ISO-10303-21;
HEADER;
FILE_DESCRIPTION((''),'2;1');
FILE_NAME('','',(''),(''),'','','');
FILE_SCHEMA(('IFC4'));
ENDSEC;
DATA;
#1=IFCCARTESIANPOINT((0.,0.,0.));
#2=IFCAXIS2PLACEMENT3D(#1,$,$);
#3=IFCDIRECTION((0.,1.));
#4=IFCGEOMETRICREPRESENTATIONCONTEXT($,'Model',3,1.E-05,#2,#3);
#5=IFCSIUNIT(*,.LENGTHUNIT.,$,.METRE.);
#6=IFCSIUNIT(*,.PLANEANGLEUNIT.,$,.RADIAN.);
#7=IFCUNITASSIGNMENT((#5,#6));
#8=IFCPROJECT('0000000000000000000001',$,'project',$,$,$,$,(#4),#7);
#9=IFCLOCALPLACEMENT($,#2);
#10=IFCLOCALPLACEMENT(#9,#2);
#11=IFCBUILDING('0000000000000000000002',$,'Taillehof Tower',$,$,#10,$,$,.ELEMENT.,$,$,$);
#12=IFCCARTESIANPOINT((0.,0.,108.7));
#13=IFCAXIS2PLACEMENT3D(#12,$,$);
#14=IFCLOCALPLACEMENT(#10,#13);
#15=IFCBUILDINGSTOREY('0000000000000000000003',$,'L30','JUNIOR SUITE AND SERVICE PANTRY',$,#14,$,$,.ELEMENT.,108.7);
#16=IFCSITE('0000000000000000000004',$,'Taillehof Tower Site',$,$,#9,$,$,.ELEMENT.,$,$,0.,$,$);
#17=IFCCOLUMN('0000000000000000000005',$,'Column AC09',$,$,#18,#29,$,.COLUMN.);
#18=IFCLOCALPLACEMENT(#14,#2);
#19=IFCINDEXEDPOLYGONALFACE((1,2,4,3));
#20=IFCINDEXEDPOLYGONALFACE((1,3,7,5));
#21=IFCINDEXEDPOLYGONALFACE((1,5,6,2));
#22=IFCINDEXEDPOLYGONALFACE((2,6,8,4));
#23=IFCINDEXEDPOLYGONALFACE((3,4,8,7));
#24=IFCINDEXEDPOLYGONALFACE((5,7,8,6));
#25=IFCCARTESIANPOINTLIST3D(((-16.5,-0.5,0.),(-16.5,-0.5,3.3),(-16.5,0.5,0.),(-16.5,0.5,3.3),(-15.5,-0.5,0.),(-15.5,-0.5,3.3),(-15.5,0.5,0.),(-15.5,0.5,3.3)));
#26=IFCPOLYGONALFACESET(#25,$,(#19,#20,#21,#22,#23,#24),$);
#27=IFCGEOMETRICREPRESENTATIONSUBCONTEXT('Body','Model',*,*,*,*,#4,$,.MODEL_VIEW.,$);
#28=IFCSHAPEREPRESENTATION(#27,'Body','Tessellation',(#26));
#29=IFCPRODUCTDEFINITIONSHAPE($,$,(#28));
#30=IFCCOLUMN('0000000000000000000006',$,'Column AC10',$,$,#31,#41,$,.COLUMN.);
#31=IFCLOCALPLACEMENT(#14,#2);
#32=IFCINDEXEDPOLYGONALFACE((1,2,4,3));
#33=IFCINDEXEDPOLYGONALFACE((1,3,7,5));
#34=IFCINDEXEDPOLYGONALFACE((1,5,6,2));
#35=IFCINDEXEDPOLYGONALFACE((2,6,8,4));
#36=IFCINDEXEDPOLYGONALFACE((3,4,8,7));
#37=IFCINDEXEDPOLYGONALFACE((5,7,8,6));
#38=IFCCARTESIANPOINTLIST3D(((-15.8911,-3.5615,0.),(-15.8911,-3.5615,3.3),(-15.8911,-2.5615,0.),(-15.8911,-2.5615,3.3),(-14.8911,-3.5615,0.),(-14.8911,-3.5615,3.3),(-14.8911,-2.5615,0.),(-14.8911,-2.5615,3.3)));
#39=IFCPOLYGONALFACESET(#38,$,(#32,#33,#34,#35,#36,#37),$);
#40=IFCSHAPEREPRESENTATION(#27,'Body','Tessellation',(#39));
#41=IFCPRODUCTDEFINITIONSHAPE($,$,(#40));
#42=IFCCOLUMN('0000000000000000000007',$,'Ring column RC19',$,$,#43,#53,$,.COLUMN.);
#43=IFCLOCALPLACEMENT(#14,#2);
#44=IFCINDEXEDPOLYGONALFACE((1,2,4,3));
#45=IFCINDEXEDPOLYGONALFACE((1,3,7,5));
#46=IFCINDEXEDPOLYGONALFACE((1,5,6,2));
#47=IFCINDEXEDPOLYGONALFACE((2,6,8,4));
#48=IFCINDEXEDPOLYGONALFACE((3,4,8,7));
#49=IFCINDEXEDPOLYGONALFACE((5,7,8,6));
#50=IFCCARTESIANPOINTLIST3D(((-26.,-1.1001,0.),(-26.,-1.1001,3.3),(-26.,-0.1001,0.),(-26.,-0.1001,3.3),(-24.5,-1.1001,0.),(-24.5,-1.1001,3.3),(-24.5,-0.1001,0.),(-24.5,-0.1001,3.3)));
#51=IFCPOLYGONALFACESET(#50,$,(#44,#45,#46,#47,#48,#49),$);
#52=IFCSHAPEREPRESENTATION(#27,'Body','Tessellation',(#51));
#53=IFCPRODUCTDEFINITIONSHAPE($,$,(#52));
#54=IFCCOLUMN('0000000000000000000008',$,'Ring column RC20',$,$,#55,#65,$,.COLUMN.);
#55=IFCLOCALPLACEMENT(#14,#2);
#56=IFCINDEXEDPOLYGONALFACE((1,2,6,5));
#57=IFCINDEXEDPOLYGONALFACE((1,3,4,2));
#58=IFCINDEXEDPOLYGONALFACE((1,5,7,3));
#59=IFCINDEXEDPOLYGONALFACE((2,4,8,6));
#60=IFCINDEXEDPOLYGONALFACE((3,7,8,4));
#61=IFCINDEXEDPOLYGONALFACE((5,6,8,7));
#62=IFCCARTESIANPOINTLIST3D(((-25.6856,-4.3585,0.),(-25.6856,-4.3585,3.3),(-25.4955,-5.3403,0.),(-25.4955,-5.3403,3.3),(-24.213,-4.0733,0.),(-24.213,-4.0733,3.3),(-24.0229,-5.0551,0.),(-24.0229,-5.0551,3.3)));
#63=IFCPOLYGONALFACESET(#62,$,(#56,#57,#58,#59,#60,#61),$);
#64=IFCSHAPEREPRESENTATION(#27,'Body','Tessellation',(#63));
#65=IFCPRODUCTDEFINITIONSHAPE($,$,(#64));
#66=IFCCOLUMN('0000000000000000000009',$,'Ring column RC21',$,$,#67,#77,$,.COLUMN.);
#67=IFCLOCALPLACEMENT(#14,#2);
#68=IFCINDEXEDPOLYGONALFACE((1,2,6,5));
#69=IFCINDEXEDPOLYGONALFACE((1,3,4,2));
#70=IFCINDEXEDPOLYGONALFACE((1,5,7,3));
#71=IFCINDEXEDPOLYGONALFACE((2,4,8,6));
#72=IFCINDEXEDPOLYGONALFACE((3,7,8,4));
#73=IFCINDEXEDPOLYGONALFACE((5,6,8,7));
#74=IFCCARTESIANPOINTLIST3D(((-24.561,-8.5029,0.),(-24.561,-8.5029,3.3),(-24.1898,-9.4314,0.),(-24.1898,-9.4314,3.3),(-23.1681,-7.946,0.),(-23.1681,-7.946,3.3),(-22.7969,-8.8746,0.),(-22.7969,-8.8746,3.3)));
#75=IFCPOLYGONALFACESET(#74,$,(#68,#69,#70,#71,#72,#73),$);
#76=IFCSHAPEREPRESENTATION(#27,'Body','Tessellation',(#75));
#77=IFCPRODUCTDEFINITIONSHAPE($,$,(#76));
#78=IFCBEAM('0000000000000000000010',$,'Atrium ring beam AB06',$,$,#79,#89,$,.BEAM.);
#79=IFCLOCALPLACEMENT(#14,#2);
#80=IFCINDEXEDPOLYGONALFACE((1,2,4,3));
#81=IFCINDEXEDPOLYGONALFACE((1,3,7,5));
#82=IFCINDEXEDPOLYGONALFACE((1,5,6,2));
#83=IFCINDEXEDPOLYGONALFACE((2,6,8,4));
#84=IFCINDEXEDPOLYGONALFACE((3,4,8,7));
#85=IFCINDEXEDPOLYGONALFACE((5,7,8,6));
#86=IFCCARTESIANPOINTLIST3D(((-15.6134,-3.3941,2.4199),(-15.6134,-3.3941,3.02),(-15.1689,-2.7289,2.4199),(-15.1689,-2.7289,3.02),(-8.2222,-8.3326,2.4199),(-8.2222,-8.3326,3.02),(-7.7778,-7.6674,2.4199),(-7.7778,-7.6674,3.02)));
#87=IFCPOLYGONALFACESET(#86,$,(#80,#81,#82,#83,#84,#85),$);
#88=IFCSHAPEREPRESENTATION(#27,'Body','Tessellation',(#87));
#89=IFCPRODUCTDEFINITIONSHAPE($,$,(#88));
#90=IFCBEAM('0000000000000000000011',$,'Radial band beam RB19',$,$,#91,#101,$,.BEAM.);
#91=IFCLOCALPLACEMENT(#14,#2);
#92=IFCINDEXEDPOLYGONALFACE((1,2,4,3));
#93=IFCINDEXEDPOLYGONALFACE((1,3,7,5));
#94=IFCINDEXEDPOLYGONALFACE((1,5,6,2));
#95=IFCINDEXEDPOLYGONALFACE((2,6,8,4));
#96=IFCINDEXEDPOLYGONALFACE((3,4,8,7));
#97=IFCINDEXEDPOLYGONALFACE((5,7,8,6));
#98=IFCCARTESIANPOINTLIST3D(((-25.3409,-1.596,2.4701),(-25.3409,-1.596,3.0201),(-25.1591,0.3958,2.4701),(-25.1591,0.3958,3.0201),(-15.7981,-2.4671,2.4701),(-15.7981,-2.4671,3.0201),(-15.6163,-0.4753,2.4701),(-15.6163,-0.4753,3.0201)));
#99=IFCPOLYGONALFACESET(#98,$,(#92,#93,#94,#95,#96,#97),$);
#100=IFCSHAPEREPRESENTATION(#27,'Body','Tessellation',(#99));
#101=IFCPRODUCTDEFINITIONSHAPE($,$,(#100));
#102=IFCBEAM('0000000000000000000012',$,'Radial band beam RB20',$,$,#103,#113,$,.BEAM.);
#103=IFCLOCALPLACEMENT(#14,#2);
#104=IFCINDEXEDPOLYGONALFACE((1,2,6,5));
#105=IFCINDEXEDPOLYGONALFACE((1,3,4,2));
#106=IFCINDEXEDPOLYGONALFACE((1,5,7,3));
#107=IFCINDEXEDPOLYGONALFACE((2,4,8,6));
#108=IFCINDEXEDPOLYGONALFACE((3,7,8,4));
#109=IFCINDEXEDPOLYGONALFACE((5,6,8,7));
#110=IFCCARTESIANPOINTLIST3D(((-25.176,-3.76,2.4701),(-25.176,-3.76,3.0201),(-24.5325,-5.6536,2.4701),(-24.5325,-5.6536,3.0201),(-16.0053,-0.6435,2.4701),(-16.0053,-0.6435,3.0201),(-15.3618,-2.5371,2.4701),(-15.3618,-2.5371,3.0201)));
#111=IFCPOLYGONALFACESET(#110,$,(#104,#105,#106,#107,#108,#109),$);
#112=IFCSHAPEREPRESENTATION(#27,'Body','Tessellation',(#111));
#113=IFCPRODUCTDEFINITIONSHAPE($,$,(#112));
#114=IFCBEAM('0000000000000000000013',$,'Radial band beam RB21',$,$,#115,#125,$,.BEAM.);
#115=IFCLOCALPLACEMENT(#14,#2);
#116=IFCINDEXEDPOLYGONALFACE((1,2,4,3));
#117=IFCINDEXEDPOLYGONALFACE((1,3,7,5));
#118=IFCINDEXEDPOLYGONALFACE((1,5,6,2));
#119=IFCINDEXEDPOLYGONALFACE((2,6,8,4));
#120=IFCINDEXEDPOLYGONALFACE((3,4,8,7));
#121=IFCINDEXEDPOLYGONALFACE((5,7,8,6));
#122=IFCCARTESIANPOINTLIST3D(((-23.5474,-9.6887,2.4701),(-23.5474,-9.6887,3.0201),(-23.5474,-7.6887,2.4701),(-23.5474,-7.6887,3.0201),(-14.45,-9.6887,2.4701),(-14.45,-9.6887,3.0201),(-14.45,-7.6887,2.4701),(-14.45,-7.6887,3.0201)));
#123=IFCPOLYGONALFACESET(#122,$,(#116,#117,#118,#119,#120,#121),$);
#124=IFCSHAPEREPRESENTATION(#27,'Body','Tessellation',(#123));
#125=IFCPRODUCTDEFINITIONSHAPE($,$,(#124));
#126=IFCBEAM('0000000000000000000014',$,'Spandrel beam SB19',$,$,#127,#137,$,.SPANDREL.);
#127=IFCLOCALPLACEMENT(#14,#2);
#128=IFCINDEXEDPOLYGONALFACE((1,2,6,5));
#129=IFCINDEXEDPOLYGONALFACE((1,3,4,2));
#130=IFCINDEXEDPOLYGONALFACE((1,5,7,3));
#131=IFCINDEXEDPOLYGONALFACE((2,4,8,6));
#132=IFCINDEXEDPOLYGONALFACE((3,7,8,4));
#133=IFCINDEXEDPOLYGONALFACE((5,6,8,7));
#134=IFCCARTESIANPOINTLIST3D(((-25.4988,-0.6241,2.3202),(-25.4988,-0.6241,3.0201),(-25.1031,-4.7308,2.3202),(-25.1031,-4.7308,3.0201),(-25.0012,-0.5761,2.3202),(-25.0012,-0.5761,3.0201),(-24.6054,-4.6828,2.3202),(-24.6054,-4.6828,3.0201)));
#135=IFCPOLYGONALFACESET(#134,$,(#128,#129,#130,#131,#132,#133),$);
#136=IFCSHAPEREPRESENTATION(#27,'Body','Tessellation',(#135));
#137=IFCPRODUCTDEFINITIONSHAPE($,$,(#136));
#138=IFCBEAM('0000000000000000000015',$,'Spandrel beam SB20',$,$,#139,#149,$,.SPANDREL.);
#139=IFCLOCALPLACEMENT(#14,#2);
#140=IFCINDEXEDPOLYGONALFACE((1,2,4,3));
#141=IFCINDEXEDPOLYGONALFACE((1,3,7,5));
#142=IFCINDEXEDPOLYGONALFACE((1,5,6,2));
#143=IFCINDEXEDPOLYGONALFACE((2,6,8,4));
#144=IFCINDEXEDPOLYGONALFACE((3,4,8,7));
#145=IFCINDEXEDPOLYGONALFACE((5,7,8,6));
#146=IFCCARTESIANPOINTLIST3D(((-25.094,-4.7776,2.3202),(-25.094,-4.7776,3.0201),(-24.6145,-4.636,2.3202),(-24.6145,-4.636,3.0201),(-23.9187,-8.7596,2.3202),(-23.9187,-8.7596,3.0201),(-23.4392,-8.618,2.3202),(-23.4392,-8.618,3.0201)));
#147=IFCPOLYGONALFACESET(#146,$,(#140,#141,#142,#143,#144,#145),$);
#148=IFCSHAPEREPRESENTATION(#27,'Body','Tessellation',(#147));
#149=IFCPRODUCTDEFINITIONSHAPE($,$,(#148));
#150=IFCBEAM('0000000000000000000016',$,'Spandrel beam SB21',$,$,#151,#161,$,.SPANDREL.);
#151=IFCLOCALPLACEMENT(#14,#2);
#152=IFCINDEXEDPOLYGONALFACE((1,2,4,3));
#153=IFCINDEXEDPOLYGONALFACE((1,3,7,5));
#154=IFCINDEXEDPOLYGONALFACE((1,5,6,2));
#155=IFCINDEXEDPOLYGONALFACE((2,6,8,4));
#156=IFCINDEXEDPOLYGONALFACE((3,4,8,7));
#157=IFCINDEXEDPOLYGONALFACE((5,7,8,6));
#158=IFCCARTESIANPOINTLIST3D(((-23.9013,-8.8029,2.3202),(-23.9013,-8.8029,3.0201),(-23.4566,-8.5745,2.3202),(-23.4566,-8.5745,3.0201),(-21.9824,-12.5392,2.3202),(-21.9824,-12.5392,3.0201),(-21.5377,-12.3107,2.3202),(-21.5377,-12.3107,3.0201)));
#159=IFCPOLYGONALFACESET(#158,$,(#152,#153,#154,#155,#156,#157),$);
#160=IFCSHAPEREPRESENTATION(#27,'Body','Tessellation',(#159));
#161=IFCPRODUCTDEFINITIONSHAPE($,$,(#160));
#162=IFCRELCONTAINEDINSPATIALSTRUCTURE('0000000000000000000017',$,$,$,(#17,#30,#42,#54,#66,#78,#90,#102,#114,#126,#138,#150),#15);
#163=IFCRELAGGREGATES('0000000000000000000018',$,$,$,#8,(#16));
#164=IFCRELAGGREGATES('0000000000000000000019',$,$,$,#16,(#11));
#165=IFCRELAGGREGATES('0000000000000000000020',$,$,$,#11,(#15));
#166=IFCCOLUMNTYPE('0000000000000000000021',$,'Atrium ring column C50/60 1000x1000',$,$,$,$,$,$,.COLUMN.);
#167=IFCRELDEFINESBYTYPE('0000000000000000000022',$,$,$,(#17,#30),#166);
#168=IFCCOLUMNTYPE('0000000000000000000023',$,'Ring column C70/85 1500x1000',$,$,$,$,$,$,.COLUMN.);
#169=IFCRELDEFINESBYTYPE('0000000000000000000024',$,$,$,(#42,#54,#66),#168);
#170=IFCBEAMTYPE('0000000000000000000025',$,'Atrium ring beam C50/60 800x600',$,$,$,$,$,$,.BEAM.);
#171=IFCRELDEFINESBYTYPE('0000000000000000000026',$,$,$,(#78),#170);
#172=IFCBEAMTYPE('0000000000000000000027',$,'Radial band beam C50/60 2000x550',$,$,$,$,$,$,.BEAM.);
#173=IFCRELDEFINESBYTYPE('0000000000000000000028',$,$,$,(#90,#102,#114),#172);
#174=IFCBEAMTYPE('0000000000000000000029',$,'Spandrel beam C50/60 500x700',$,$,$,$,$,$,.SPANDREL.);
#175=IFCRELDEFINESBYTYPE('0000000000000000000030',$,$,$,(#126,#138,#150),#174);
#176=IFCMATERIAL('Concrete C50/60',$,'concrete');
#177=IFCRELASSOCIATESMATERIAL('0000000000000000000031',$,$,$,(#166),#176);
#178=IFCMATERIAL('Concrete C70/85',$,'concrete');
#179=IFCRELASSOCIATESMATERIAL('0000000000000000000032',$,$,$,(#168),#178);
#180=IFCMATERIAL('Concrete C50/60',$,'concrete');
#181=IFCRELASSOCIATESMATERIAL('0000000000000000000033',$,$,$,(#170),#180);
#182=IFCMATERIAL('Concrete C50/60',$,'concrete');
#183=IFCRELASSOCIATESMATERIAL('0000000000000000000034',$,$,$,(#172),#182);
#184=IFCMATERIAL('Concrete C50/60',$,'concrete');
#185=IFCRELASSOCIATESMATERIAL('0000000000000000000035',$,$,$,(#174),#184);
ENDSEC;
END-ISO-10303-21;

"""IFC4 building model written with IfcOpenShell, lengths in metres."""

from ifc_helpers import new_model, si_unit, direction, frame, origin, origin_2d, place, context, subcontext, project, spatial, rectangle, extrude, material, material_profile, profile_set, type_object, element, save


model = new_model("IFC4")

# Units and contexts
model_context = context("Model", 3, precision=1e-05, world=origin(), true_north=direction((0.0, 1.0)))
body_context = subcontext(model_context, "Body", "Model", "MODEL_VIEW")
ifc_project = project(units=[si_unit("LENGTHUNIT", "METRE"), si_unit("PLANEANGLEUNIT", "RADIAN")], contexts=[model_context])

# Site, building, storey
site_placement = place(None, origin())
site = spatial("IfcSite", under=ifc_project, at=site_placement, Name="Taillehof Tower Site", CompositionType="ELEMENT", RefElevation=0.0)
building_placement = place(site_placement, origin())
building = spatial("IfcBuilding", under=site, at=building_placement, Name="Taillehof Tower", CompositionType="ELEMENT")
storey_placement = place(building_placement, frame((0.0, 0.0, 108.7)))
storey = spatial("IfcBuildingStorey", under=building, at=storey_placement, Name="L30", Description="JUNIOR SUITE AND SERVICE PANTRY", CompositionType="ELEMENT", Elevation=108.7)

# Columns
ifc_material_1 = material(Name="Concrete C50/60", Category="concrete")
ifc_material_profile_1 = material_profile(ifc_material_1, rectangle(XDim=1.0, YDim=1.0, at=origin_2d()), Name="RC 1000x1000")
ifc_profile_set_1 = profile_set([ifc_material_profile_1], Name="Concrete C50/60")
column_type_1 = type_object("IfcColumnType", Name="Atrium ring column C50/60 1000x1000", PredefinedType="COLUMN", material=ifc_profile_set_1)
for number, where, z_axis, x_axis, name in (
    (1, (-16.0, 0.0, 0.0), (0.0, 0.0, 1.0), (1.0, 0.0, 0.0), "Column AC09"),
    (2, (-15.3911, -3.0615, 0.0), (0.0, 0.0, 1.0), (1.0, 0.0, 0.0), "Column AC10"),
):
    element("IfcColumn", number, at=place(storey_placement, frame(where, z_axis=z_axis, x_axis=x_axis)), inside=storey, type_object=column_type_1, Name=name, PredefinedType="COLUMN", context=body_context, shape_type="SweptSolid", body=[
        extrude(rectangle(XDim=1.0, YDim=1.0, at=origin_2d()), origin(), (0.0, 0.0, 1.0), 3.3),
    ])
ifc_material_2 = material(Name="Concrete C70/85", Category="concrete")
ifc_material_profile_2 = material_profile(ifc_material_2, rectangle(XDim=1.5, YDim=1.0, at=origin_2d()), Name="RC 1500x1000")
ifc_profile_set_2 = profile_set([ifc_material_profile_2], Name="Concrete C70/85")
column_type_2 = type_object("IfcColumnType", Name="Ring column C70/85 1500x1000", PredefinedType="COLUMN", material=ifc_profile_set_2)
for number, where, z_axis, x_axis, name in (
    (3, (-25.25, -0.6001, 0.0), (0.0, 0.0, 1.0), (-1.0, 0.0, 0.0), "Ring column RC19"),
    (4, (-24.8542, -4.7068, 0.0), (0.0, 0.0, 1.0), (-0.981757, -0.190138, 0.0), "Ring column RC20"),
    (5, (-23.679, -8.6887, 0.0), (0.0, 0.0, 1.0), (-0.92855, -0.371207, 0.0), "Ring column RC21"),
):
    element("IfcColumn", number, at=place(storey_placement, frame(where, z_axis=z_axis, x_axis=x_axis)), inside=storey, type_object=column_type_2, Name=name, PredefinedType="COLUMN", context=body_context, shape_type="SweptSolid", body=[
        extrude(rectangle(XDim=1.5, YDim=1.0, at=origin_2d()), origin(), (0.0, 0.0, 1.0), 3.3),
    ])

# Beams
ifc_material_3 = material(Name="Concrete C50/60", Category="concrete")
ifc_material_profile_3 = material_profile(ifc_material_3, rectangle(XDim=0.8, YDim=0.6001, at=origin_2d()), Name="RC 800x600")
ifc_profile_set_3 = profile_set([ifc_material_profile_3], Name="Concrete C50/60")
beam_type_1 = type_object("IfcBeamType", Name="Atrium ring beam C50/60 800x600", PredefinedType="BEAM", material=ifc_profile_set_3)
beam_1_placement = place(storey_placement, frame((-15.3911, -3.0615, 2.72), z_axis=(0.831475, -0.555562, 0.0), x_axis=(0.555562, 0.831475, 0.0)))
element("IfcBeam", 6, at=beam_1_placement, inside=storey, type_object=beam_type_1, Name="Atrium ring beam AB06", PredefinedType="BEAM", context=body_context, shape_type="SweptSolid", body=[
    extrude(rectangle(XDim=0.8, YDim=0.6001, at=origin_2d()), origin(), (0.0, 0.0, 1.0), 8.8892),
])
ifc_material_4 = material(Name="Concrete C50/60", Category="concrete")
ifc_material_profile_4 = material_profile(ifc_material_4, rectangle(XDim=2.0, YDim=0.55, at=origin_2d()), Name="RC 2000x550")
ifc_profile_set_4 = profile_set([ifc_material_profile_4], Name="Concrete C50/60")
beam_type_2 = type_object("IfcBeamType", Name="Radial band beam C50/60 2000x550", PredefinedType="BEAM", material=ifc_profile_set_4)
beam_2_placement = place(storey_placement, frame((-25.25, -0.6001, 2.7451), z_axis=(0.99586, -0.090906, 0.0), x_axis=(0.090906, 0.99586, 0.0)))
element("IfcBeam", 7, at=beam_2_placement, inside=storey, type_object=beam_type_2, Name="Radial band beam RB19", PredefinedType="BEAM", context=body_context, shape_type="SweptSolid", body=[
    extrude(rectangle(XDim=2.0, YDim=0.55, at=origin_2d()), origin(), (0.0, 0.0, 1.0), 9.5825),
])
beam_3_placement = place(storey_placement, frame((-24.8542, -4.7068, 2.7451), z_axis=(0.946822, 0.321758, 0.0), x_axis=(-0.321758, 0.946822, 0.0)))
element("IfcBeam", 8, at=beam_3_placement, inside=storey, type_object=beam_type_2, Name="Radial band beam RB20", PredefinedType="BEAM", context=body_context, shape_type="SweptSolid", body=[
    extrude(rectangle(XDim=2.0, YDim=0.55, at=origin_2d()), origin(), (0.0, 0.0, 1.0), 9.6858),
])
beam_4_placement = place(storey_placement, frame((-23.5474, -8.6887, 2.7451), z_axis=(1.0, 0.0, 0.0), x_axis=(0.0, 1.0, 0.0)))
element("IfcBeam", 9, at=beam_4_placement, inside=storey, type_object=beam_type_2, Name="Radial band beam RB21", PredefinedType="BEAM", context=body_context, shape_type="SweptSolid", body=[
    extrude(rectangle(XDim=2.0, YDim=0.55, at=origin_2d()), origin(), (0.0, 0.0, 1.0), 9.0974),
])
ifc_material_5 = material(Name="Concrete C50/60", Category="concrete")
ifc_material_profile_5 = material_profile(ifc_material_5, rectangle(XDim=0.5, YDim=0.7, at=origin_2d()), Name="RC 500x700")
ifc_profile_set_5 = profile_set([ifc_material_profile_5], Name="Concrete C50/60")
beam_type_3 = type_object("IfcBeamType", Name="Spandrel beam C50/60 500x700", PredefinedType="SPANDREL", material=ifc_profile_set_5)
beam_5_placement = place(storey_placement, frame((-25.25, -0.6001, 2.6702), z_axis=(0.095923, -0.995389, 0.0), x_axis=(0.995389, 0.095923, 0.0)))
element("IfcBeam", 10, at=beam_5_placement, inside=storey, type_object=beam_type_3, Name="Spandrel beam SB19", PredefinedType="SPANDREL", context=body_context, shape_type="SweptSolid", body=[
    extrude(rectangle(XDim=0.5, YDim=0.7, at=origin_2d()), origin(), (0.0, 0.0, 1.0), 4.1257),
])
beam_6_placement = place(storey_placement, frame((-24.8542, -4.7068, 2.6702), z_axis=(0.283083, -0.959095, 0.0), x_axis=(0.959095, 0.283083, 0.0)))
element("IfcBeam", 11, at=beam_6_placement, inside=storey, type_object=beam_type_3, Name="Spandrel beam SB20", PredefinedType="SPANDREL", context=body_context, shape_type="SweptSolid", body=[
    extrude(rectangle(XDim=0.5, YDim=0.7, at=origin_2d()), origin(), (0.0, 0.0, 1.0), 4.1519),
])
beam_7_placement = place(storey_placement, frame((-23.679, -8.6887, 2.6702), z_axis=(0.456859, -0.889539, 0.0), x_axis=(0.889539, 0.456859, 0.0)))
element("IfcBeam", 12, at=beam_7_placement, inside=storey, type_object=beam_type_3, Name="Spandrel beam SB21", PredefinedType="SPANDREL", context=body_context, shape_type="SweptSolid", body=[
    extrude(rectangle(XDim=0.5, YDim=0.7, at=origin_2d()), origin(), (0.0, 0.0, 1.0), 4.2002),
])

save(model, "model.ifc")
